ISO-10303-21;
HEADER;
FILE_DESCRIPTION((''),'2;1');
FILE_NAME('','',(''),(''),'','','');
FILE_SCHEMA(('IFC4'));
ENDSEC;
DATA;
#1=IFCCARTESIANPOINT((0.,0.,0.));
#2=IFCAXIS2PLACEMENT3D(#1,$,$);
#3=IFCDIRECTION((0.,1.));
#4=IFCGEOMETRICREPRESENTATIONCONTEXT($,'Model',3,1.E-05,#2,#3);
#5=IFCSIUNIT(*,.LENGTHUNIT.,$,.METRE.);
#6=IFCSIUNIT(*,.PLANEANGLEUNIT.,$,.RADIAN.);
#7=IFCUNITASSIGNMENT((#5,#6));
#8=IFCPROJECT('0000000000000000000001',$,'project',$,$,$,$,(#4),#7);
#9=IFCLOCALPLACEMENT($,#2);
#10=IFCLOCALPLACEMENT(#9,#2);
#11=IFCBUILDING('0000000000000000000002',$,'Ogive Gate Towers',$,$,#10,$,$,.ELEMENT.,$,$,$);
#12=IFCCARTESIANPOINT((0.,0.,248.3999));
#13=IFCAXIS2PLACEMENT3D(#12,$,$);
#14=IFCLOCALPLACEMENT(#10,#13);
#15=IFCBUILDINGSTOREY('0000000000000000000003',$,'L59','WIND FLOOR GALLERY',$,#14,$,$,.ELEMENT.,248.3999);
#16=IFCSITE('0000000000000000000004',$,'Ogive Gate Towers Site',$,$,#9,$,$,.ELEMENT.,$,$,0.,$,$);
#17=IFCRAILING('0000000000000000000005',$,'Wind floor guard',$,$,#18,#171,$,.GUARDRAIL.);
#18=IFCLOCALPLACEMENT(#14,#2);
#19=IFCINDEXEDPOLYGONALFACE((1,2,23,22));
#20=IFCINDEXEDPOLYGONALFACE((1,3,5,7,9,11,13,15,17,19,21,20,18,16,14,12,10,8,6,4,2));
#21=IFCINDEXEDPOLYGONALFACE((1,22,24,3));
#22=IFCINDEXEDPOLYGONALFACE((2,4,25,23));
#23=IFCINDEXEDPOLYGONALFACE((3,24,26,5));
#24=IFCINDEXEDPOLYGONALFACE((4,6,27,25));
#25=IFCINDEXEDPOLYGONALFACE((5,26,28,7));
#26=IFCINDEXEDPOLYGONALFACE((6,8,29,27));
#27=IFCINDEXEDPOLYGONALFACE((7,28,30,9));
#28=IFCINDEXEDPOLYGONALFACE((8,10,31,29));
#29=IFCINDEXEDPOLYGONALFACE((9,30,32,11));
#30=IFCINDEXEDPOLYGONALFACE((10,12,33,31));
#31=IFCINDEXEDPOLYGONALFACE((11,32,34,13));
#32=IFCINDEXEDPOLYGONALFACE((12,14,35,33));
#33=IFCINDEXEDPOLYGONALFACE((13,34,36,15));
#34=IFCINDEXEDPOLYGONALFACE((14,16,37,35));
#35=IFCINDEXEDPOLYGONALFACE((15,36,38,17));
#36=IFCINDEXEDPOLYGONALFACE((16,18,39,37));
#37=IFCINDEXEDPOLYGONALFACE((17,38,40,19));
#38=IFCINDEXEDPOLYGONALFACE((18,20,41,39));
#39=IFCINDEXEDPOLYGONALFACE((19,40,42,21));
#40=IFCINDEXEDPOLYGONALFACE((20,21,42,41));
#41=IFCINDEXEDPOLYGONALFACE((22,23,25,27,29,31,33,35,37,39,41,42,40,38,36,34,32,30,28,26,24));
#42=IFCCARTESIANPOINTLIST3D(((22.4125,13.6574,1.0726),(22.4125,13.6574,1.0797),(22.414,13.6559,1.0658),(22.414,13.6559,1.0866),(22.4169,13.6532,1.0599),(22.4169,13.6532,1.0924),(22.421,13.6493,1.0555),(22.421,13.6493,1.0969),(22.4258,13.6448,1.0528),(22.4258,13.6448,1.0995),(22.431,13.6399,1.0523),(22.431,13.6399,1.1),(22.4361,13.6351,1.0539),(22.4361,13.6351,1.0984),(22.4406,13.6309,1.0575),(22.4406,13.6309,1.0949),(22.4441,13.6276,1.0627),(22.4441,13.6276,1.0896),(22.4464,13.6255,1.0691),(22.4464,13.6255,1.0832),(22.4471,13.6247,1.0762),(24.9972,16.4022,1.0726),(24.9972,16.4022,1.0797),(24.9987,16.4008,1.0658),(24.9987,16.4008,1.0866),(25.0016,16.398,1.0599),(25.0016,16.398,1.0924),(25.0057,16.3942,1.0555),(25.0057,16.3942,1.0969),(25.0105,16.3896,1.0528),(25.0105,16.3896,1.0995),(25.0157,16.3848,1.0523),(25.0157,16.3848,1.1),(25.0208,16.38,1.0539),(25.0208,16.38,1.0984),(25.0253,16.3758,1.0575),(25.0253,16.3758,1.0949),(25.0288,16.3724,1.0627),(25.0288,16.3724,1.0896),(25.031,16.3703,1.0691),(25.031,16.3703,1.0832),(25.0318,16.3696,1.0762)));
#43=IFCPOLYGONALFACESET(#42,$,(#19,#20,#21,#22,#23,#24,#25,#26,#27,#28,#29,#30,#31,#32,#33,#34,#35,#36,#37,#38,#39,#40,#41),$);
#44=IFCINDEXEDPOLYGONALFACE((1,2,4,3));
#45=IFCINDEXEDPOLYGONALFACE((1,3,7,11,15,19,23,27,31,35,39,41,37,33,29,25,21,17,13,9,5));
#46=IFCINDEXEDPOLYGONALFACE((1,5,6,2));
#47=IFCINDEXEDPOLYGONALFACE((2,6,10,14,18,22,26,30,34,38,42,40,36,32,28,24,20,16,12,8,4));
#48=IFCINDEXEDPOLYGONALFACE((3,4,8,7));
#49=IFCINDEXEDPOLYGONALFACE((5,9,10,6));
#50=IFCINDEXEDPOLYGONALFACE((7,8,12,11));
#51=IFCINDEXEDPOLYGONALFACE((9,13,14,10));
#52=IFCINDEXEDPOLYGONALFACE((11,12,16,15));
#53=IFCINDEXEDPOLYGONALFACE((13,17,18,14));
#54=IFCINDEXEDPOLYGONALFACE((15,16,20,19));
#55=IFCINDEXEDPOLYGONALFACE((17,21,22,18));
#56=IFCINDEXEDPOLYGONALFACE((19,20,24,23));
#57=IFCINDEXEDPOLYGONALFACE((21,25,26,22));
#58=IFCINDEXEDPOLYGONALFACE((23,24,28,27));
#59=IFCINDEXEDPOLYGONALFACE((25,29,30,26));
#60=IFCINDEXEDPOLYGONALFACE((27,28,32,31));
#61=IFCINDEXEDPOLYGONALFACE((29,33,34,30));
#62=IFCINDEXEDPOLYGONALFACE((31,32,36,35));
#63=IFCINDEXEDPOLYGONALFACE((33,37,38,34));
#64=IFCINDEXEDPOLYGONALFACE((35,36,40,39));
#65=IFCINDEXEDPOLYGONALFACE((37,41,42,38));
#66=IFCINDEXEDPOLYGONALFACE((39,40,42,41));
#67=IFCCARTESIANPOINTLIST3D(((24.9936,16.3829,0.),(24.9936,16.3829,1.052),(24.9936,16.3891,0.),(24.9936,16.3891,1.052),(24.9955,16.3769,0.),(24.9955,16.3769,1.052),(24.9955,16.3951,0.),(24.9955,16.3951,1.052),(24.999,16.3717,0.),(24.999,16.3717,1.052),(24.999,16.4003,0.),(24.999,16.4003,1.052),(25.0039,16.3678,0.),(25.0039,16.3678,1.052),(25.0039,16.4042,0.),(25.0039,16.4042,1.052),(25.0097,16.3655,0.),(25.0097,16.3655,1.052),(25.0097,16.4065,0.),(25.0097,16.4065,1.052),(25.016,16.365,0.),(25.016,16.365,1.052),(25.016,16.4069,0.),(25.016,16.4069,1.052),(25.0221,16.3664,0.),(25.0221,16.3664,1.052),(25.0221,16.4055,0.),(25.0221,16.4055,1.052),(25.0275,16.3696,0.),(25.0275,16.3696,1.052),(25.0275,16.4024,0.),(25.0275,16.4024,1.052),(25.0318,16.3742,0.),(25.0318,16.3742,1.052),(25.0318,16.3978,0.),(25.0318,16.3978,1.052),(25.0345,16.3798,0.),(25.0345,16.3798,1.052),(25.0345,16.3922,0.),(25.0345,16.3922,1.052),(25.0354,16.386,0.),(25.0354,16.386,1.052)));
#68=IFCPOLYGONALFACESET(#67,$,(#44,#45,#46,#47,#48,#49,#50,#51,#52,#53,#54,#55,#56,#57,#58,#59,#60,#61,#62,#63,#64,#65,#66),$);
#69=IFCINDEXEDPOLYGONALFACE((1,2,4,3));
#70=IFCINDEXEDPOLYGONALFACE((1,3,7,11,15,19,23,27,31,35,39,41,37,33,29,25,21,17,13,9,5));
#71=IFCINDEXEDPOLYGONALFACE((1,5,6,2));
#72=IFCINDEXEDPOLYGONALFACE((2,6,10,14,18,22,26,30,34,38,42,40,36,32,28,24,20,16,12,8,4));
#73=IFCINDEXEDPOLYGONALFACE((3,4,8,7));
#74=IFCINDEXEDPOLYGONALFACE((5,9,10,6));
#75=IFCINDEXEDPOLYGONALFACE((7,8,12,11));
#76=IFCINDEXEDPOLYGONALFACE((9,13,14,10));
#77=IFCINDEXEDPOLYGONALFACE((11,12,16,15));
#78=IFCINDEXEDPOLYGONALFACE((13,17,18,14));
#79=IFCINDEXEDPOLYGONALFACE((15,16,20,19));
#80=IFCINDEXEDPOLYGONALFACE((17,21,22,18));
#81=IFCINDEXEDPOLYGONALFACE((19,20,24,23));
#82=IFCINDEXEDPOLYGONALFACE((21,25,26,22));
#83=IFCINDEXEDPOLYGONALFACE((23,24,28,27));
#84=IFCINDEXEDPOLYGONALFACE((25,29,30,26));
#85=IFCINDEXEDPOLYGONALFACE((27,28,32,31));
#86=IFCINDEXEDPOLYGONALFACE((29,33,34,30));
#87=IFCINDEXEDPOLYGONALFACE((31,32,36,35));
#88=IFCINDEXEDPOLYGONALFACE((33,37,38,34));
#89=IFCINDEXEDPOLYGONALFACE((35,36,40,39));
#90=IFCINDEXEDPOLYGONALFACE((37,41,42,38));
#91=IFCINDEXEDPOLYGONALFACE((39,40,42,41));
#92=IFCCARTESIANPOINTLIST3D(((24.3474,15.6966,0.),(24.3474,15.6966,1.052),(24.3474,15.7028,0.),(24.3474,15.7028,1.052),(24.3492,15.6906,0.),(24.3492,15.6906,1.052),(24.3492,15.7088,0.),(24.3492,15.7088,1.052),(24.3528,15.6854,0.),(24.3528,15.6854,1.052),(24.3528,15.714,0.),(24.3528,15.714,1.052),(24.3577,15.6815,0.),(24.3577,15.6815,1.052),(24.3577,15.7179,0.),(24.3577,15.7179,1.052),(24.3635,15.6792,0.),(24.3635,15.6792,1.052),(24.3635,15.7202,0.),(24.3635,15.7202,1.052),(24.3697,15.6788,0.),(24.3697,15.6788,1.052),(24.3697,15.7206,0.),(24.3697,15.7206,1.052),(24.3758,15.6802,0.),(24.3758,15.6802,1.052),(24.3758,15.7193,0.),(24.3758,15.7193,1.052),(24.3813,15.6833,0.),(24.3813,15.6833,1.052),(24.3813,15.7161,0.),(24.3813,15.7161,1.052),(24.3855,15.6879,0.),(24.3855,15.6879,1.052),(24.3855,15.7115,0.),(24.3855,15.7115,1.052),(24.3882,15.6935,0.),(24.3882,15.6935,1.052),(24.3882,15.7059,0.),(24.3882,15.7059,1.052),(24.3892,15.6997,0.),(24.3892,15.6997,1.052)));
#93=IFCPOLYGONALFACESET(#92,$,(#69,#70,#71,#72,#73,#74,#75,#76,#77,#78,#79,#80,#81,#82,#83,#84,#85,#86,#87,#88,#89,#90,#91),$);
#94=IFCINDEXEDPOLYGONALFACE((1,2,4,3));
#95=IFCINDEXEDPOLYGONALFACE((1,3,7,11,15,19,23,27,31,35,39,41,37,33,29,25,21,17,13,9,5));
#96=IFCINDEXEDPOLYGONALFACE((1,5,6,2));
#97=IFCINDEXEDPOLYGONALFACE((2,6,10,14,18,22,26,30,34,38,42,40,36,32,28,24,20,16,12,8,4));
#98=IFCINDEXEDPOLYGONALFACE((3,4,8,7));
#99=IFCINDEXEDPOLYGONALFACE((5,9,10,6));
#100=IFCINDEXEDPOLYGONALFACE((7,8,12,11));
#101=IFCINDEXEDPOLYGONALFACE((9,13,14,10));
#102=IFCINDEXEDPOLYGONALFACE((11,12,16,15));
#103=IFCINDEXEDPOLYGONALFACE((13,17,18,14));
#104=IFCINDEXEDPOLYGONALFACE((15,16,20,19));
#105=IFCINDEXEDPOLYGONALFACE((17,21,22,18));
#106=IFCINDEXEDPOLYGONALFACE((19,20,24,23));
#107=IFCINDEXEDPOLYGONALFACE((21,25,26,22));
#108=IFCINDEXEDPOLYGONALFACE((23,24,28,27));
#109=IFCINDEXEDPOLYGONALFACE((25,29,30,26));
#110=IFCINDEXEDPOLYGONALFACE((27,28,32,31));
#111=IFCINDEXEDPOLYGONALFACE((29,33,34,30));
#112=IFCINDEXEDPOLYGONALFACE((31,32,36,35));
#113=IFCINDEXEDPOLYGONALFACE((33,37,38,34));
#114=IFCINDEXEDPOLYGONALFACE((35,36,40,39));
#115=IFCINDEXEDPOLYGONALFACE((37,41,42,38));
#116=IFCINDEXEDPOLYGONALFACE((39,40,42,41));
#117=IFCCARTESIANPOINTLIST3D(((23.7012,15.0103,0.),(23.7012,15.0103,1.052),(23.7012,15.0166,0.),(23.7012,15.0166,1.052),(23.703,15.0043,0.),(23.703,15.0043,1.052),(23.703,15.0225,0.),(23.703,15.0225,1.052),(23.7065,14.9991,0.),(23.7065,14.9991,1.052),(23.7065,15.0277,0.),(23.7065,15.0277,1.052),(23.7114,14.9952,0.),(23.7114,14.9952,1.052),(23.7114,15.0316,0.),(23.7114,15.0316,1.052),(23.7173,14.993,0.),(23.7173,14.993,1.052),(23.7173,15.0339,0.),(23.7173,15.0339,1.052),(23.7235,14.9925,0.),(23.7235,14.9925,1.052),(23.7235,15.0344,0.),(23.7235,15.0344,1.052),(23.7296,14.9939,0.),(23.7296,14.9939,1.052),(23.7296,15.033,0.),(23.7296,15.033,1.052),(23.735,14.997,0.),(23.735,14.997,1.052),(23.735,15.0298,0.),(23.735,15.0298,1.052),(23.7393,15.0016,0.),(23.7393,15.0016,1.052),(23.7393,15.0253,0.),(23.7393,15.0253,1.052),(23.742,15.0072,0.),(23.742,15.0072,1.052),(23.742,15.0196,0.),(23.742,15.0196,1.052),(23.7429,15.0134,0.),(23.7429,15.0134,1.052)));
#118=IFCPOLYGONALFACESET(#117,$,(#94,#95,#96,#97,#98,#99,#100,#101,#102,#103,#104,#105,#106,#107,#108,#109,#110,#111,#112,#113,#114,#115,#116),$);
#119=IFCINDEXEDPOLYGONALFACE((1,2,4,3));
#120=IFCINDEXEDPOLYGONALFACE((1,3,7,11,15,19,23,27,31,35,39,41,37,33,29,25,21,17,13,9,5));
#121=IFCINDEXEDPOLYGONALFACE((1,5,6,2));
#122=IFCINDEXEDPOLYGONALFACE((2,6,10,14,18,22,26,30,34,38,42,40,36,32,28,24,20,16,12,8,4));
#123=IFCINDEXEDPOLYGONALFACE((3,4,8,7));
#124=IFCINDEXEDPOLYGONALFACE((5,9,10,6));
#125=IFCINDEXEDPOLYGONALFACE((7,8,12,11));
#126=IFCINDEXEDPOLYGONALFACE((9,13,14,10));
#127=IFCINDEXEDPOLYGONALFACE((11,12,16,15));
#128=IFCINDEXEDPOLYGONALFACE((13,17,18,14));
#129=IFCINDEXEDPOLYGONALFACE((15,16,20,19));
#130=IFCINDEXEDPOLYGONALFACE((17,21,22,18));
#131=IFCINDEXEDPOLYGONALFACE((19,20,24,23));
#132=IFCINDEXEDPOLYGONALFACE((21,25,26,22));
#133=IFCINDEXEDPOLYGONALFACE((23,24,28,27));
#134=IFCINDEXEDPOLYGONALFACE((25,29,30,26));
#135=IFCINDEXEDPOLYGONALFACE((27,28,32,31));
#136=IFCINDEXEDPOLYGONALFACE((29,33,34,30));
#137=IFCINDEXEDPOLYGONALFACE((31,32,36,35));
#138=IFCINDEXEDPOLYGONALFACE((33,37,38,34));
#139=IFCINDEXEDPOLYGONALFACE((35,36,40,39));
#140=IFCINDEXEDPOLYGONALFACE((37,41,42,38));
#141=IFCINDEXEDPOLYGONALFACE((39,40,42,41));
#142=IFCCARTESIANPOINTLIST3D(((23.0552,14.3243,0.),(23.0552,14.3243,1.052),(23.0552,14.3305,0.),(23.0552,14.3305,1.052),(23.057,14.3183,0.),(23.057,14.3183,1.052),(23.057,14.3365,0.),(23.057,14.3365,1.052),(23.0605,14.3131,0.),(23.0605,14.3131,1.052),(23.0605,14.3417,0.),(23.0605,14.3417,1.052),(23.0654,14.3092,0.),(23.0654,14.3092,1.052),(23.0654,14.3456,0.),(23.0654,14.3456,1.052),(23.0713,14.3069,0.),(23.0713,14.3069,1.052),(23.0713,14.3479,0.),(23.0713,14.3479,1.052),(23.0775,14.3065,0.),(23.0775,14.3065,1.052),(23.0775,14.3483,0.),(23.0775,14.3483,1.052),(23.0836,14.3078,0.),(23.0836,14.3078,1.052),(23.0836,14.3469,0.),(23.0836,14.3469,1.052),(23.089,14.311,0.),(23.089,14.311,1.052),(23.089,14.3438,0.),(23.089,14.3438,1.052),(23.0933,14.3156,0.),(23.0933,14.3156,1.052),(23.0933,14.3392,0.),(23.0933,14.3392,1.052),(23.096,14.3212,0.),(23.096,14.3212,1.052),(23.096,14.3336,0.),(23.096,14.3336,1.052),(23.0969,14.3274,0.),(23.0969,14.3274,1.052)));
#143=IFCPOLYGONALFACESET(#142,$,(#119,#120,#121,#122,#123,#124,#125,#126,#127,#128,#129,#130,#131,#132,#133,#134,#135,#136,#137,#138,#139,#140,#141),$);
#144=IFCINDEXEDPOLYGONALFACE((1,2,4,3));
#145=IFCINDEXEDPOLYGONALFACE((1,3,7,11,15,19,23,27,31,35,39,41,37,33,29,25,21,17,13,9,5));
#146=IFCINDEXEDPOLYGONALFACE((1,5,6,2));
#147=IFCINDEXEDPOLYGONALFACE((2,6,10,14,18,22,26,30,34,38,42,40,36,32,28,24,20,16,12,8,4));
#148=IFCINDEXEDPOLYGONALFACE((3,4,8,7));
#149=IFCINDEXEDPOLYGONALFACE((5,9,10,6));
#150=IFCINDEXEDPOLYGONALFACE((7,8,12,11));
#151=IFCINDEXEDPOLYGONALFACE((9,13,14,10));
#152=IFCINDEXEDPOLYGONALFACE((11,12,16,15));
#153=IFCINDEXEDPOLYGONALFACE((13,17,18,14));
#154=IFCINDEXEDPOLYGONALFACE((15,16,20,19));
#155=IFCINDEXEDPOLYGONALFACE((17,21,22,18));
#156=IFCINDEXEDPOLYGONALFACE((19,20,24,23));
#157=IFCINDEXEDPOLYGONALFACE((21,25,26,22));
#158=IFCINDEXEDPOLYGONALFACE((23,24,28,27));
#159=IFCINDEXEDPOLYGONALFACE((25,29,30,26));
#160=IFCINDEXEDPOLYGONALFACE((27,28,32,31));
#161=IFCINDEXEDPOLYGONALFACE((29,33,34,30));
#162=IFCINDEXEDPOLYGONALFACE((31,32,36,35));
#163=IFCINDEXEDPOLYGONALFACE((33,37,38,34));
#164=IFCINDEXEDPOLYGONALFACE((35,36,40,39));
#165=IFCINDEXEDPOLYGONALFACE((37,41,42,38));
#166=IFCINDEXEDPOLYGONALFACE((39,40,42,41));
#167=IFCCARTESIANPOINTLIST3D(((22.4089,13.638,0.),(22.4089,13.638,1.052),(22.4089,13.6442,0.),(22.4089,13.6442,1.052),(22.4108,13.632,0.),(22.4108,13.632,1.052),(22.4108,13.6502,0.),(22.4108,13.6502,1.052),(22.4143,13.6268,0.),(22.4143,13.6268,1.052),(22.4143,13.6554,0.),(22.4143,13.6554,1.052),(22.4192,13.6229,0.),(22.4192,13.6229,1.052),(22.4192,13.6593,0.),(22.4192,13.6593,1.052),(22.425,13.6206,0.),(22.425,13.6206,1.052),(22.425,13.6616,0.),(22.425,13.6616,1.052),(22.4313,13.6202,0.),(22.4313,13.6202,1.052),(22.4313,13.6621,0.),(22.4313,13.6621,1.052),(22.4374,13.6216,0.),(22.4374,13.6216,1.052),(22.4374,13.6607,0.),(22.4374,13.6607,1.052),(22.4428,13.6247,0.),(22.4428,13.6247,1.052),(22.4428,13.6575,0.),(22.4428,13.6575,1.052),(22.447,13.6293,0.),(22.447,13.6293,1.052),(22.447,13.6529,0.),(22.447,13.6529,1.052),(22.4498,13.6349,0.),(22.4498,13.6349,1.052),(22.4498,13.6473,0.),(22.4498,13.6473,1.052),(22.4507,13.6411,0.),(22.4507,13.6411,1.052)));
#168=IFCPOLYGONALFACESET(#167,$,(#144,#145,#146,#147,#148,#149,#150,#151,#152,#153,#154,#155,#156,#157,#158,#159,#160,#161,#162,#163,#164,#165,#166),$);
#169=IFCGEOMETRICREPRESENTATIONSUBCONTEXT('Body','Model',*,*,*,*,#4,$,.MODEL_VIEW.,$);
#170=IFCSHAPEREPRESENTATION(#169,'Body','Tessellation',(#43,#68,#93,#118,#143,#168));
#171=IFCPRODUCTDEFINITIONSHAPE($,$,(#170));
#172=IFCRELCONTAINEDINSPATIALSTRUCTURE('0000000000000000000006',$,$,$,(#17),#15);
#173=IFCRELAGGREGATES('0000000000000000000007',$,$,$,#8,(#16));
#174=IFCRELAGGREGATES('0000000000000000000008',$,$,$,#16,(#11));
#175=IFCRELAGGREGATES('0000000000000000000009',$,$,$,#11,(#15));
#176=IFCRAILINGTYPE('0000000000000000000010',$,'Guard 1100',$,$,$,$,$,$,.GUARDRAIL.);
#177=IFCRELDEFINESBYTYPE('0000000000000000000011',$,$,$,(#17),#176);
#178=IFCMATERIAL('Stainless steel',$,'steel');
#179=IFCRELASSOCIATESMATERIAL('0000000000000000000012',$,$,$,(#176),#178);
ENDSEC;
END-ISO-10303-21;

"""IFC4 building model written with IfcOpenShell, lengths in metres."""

from ifc_helpers import new_model, si_unit, direction, frame, origin, origin_2d, place, context, subcontext, project, spatial, circle, extrude, material, type_object, element, save


model = new_model("IFC4")

# Units and contexts
model_context = context("Model", 3, precision=1e-05, world=origin(), true_north=direction((0.0, 1.0)))
body_context = subcontext(model_context, "Body", "Model", "MODEL_VIEW")
ifc_project = project(units=[si_unit("LENGTHUNIT", "METRE"), si_unit("PLANEANGLEUNIT", "RADIAN")], contexts=[model_context])

# Site, building, storey
site_placement = place(None, origin())
site = spatial("IfcSite", under=ifc_project, at=site_placement, Name="Ogive Gate Towers Site", CompositionType="ELEMENT", RefElevation=0.0)
building_placement = place(site_placement, origin())
building = spatial("IfcBuilding", under=site, at=building_placement, Name="Ogive Gate Towers", CompositionType="ELEMENT")
storey_placement = place(building_placement, frame((0.0, 0.0, 248.3999)))
storey = spatial("IfcBuildingStorey", under=building, at=storey_placement, Name="L59", Description="WIND FLOOR GALLERY", CompositionType="ELEMENT", Elevation=248.3999)

# Railing
ifc_material_1 = material(Name="Stainless steel", Category="steel")
railing_type_1 = type_object("IfcRailingType", Name="Guard 1100", PredefinedType="GUARDRAIL", material=ifc_material_1)
railing_1_placement = place(storey_placement, frame((25.0144, 16.386, 0.0)))
element("IfcRailing", 1, at=railing_1_placement, inside=storey, type_object=railing_type_1, Name="Wind floor guard", PredefinedType="GUARDRAIL", context=body_context, shape_type="SweptSolid", body=[
    extrude(circle(Radius=0.0239, at=origin_2d()), frame((0.0, 0.0, 1.0762), z_axis=(-0.685548, -0.728027, 0.0), x_axis=(0.728027, -0.685548, 0.0)), (0.0, 0.0, 1.0), 3.7703),
    extrude(circle(Radius=0.021, at=origin_2d()), origin(), (0.0, 0.0, 1.0), 1.052),
    extrude(circle(Radius=0.021, at=origin_2d()), frame((-0.6462, -0.6863, 0.0)), (0.0, 0.0, 1.0), 1.052),
    extrude(circle(Radius=0.021, at=origin_2d()), frame((-1.2925, -1.3726, 0.0)), (0.0, 0.0, 1.0), 1.052),
    extrude(circle(Radius=0.021, at=origin_2d()), frame((-1.9385, -2.0586, 0.0)), (0.0, 0.0, 1.0), 1.052),
    extrude(circle(Radius=0.021, at=origin_2d()), frame((-2.5847, -2.7449, 0.0)), (0.0, 0.0, 1.0), 1.052),
])

save(model, "model.ifc")
